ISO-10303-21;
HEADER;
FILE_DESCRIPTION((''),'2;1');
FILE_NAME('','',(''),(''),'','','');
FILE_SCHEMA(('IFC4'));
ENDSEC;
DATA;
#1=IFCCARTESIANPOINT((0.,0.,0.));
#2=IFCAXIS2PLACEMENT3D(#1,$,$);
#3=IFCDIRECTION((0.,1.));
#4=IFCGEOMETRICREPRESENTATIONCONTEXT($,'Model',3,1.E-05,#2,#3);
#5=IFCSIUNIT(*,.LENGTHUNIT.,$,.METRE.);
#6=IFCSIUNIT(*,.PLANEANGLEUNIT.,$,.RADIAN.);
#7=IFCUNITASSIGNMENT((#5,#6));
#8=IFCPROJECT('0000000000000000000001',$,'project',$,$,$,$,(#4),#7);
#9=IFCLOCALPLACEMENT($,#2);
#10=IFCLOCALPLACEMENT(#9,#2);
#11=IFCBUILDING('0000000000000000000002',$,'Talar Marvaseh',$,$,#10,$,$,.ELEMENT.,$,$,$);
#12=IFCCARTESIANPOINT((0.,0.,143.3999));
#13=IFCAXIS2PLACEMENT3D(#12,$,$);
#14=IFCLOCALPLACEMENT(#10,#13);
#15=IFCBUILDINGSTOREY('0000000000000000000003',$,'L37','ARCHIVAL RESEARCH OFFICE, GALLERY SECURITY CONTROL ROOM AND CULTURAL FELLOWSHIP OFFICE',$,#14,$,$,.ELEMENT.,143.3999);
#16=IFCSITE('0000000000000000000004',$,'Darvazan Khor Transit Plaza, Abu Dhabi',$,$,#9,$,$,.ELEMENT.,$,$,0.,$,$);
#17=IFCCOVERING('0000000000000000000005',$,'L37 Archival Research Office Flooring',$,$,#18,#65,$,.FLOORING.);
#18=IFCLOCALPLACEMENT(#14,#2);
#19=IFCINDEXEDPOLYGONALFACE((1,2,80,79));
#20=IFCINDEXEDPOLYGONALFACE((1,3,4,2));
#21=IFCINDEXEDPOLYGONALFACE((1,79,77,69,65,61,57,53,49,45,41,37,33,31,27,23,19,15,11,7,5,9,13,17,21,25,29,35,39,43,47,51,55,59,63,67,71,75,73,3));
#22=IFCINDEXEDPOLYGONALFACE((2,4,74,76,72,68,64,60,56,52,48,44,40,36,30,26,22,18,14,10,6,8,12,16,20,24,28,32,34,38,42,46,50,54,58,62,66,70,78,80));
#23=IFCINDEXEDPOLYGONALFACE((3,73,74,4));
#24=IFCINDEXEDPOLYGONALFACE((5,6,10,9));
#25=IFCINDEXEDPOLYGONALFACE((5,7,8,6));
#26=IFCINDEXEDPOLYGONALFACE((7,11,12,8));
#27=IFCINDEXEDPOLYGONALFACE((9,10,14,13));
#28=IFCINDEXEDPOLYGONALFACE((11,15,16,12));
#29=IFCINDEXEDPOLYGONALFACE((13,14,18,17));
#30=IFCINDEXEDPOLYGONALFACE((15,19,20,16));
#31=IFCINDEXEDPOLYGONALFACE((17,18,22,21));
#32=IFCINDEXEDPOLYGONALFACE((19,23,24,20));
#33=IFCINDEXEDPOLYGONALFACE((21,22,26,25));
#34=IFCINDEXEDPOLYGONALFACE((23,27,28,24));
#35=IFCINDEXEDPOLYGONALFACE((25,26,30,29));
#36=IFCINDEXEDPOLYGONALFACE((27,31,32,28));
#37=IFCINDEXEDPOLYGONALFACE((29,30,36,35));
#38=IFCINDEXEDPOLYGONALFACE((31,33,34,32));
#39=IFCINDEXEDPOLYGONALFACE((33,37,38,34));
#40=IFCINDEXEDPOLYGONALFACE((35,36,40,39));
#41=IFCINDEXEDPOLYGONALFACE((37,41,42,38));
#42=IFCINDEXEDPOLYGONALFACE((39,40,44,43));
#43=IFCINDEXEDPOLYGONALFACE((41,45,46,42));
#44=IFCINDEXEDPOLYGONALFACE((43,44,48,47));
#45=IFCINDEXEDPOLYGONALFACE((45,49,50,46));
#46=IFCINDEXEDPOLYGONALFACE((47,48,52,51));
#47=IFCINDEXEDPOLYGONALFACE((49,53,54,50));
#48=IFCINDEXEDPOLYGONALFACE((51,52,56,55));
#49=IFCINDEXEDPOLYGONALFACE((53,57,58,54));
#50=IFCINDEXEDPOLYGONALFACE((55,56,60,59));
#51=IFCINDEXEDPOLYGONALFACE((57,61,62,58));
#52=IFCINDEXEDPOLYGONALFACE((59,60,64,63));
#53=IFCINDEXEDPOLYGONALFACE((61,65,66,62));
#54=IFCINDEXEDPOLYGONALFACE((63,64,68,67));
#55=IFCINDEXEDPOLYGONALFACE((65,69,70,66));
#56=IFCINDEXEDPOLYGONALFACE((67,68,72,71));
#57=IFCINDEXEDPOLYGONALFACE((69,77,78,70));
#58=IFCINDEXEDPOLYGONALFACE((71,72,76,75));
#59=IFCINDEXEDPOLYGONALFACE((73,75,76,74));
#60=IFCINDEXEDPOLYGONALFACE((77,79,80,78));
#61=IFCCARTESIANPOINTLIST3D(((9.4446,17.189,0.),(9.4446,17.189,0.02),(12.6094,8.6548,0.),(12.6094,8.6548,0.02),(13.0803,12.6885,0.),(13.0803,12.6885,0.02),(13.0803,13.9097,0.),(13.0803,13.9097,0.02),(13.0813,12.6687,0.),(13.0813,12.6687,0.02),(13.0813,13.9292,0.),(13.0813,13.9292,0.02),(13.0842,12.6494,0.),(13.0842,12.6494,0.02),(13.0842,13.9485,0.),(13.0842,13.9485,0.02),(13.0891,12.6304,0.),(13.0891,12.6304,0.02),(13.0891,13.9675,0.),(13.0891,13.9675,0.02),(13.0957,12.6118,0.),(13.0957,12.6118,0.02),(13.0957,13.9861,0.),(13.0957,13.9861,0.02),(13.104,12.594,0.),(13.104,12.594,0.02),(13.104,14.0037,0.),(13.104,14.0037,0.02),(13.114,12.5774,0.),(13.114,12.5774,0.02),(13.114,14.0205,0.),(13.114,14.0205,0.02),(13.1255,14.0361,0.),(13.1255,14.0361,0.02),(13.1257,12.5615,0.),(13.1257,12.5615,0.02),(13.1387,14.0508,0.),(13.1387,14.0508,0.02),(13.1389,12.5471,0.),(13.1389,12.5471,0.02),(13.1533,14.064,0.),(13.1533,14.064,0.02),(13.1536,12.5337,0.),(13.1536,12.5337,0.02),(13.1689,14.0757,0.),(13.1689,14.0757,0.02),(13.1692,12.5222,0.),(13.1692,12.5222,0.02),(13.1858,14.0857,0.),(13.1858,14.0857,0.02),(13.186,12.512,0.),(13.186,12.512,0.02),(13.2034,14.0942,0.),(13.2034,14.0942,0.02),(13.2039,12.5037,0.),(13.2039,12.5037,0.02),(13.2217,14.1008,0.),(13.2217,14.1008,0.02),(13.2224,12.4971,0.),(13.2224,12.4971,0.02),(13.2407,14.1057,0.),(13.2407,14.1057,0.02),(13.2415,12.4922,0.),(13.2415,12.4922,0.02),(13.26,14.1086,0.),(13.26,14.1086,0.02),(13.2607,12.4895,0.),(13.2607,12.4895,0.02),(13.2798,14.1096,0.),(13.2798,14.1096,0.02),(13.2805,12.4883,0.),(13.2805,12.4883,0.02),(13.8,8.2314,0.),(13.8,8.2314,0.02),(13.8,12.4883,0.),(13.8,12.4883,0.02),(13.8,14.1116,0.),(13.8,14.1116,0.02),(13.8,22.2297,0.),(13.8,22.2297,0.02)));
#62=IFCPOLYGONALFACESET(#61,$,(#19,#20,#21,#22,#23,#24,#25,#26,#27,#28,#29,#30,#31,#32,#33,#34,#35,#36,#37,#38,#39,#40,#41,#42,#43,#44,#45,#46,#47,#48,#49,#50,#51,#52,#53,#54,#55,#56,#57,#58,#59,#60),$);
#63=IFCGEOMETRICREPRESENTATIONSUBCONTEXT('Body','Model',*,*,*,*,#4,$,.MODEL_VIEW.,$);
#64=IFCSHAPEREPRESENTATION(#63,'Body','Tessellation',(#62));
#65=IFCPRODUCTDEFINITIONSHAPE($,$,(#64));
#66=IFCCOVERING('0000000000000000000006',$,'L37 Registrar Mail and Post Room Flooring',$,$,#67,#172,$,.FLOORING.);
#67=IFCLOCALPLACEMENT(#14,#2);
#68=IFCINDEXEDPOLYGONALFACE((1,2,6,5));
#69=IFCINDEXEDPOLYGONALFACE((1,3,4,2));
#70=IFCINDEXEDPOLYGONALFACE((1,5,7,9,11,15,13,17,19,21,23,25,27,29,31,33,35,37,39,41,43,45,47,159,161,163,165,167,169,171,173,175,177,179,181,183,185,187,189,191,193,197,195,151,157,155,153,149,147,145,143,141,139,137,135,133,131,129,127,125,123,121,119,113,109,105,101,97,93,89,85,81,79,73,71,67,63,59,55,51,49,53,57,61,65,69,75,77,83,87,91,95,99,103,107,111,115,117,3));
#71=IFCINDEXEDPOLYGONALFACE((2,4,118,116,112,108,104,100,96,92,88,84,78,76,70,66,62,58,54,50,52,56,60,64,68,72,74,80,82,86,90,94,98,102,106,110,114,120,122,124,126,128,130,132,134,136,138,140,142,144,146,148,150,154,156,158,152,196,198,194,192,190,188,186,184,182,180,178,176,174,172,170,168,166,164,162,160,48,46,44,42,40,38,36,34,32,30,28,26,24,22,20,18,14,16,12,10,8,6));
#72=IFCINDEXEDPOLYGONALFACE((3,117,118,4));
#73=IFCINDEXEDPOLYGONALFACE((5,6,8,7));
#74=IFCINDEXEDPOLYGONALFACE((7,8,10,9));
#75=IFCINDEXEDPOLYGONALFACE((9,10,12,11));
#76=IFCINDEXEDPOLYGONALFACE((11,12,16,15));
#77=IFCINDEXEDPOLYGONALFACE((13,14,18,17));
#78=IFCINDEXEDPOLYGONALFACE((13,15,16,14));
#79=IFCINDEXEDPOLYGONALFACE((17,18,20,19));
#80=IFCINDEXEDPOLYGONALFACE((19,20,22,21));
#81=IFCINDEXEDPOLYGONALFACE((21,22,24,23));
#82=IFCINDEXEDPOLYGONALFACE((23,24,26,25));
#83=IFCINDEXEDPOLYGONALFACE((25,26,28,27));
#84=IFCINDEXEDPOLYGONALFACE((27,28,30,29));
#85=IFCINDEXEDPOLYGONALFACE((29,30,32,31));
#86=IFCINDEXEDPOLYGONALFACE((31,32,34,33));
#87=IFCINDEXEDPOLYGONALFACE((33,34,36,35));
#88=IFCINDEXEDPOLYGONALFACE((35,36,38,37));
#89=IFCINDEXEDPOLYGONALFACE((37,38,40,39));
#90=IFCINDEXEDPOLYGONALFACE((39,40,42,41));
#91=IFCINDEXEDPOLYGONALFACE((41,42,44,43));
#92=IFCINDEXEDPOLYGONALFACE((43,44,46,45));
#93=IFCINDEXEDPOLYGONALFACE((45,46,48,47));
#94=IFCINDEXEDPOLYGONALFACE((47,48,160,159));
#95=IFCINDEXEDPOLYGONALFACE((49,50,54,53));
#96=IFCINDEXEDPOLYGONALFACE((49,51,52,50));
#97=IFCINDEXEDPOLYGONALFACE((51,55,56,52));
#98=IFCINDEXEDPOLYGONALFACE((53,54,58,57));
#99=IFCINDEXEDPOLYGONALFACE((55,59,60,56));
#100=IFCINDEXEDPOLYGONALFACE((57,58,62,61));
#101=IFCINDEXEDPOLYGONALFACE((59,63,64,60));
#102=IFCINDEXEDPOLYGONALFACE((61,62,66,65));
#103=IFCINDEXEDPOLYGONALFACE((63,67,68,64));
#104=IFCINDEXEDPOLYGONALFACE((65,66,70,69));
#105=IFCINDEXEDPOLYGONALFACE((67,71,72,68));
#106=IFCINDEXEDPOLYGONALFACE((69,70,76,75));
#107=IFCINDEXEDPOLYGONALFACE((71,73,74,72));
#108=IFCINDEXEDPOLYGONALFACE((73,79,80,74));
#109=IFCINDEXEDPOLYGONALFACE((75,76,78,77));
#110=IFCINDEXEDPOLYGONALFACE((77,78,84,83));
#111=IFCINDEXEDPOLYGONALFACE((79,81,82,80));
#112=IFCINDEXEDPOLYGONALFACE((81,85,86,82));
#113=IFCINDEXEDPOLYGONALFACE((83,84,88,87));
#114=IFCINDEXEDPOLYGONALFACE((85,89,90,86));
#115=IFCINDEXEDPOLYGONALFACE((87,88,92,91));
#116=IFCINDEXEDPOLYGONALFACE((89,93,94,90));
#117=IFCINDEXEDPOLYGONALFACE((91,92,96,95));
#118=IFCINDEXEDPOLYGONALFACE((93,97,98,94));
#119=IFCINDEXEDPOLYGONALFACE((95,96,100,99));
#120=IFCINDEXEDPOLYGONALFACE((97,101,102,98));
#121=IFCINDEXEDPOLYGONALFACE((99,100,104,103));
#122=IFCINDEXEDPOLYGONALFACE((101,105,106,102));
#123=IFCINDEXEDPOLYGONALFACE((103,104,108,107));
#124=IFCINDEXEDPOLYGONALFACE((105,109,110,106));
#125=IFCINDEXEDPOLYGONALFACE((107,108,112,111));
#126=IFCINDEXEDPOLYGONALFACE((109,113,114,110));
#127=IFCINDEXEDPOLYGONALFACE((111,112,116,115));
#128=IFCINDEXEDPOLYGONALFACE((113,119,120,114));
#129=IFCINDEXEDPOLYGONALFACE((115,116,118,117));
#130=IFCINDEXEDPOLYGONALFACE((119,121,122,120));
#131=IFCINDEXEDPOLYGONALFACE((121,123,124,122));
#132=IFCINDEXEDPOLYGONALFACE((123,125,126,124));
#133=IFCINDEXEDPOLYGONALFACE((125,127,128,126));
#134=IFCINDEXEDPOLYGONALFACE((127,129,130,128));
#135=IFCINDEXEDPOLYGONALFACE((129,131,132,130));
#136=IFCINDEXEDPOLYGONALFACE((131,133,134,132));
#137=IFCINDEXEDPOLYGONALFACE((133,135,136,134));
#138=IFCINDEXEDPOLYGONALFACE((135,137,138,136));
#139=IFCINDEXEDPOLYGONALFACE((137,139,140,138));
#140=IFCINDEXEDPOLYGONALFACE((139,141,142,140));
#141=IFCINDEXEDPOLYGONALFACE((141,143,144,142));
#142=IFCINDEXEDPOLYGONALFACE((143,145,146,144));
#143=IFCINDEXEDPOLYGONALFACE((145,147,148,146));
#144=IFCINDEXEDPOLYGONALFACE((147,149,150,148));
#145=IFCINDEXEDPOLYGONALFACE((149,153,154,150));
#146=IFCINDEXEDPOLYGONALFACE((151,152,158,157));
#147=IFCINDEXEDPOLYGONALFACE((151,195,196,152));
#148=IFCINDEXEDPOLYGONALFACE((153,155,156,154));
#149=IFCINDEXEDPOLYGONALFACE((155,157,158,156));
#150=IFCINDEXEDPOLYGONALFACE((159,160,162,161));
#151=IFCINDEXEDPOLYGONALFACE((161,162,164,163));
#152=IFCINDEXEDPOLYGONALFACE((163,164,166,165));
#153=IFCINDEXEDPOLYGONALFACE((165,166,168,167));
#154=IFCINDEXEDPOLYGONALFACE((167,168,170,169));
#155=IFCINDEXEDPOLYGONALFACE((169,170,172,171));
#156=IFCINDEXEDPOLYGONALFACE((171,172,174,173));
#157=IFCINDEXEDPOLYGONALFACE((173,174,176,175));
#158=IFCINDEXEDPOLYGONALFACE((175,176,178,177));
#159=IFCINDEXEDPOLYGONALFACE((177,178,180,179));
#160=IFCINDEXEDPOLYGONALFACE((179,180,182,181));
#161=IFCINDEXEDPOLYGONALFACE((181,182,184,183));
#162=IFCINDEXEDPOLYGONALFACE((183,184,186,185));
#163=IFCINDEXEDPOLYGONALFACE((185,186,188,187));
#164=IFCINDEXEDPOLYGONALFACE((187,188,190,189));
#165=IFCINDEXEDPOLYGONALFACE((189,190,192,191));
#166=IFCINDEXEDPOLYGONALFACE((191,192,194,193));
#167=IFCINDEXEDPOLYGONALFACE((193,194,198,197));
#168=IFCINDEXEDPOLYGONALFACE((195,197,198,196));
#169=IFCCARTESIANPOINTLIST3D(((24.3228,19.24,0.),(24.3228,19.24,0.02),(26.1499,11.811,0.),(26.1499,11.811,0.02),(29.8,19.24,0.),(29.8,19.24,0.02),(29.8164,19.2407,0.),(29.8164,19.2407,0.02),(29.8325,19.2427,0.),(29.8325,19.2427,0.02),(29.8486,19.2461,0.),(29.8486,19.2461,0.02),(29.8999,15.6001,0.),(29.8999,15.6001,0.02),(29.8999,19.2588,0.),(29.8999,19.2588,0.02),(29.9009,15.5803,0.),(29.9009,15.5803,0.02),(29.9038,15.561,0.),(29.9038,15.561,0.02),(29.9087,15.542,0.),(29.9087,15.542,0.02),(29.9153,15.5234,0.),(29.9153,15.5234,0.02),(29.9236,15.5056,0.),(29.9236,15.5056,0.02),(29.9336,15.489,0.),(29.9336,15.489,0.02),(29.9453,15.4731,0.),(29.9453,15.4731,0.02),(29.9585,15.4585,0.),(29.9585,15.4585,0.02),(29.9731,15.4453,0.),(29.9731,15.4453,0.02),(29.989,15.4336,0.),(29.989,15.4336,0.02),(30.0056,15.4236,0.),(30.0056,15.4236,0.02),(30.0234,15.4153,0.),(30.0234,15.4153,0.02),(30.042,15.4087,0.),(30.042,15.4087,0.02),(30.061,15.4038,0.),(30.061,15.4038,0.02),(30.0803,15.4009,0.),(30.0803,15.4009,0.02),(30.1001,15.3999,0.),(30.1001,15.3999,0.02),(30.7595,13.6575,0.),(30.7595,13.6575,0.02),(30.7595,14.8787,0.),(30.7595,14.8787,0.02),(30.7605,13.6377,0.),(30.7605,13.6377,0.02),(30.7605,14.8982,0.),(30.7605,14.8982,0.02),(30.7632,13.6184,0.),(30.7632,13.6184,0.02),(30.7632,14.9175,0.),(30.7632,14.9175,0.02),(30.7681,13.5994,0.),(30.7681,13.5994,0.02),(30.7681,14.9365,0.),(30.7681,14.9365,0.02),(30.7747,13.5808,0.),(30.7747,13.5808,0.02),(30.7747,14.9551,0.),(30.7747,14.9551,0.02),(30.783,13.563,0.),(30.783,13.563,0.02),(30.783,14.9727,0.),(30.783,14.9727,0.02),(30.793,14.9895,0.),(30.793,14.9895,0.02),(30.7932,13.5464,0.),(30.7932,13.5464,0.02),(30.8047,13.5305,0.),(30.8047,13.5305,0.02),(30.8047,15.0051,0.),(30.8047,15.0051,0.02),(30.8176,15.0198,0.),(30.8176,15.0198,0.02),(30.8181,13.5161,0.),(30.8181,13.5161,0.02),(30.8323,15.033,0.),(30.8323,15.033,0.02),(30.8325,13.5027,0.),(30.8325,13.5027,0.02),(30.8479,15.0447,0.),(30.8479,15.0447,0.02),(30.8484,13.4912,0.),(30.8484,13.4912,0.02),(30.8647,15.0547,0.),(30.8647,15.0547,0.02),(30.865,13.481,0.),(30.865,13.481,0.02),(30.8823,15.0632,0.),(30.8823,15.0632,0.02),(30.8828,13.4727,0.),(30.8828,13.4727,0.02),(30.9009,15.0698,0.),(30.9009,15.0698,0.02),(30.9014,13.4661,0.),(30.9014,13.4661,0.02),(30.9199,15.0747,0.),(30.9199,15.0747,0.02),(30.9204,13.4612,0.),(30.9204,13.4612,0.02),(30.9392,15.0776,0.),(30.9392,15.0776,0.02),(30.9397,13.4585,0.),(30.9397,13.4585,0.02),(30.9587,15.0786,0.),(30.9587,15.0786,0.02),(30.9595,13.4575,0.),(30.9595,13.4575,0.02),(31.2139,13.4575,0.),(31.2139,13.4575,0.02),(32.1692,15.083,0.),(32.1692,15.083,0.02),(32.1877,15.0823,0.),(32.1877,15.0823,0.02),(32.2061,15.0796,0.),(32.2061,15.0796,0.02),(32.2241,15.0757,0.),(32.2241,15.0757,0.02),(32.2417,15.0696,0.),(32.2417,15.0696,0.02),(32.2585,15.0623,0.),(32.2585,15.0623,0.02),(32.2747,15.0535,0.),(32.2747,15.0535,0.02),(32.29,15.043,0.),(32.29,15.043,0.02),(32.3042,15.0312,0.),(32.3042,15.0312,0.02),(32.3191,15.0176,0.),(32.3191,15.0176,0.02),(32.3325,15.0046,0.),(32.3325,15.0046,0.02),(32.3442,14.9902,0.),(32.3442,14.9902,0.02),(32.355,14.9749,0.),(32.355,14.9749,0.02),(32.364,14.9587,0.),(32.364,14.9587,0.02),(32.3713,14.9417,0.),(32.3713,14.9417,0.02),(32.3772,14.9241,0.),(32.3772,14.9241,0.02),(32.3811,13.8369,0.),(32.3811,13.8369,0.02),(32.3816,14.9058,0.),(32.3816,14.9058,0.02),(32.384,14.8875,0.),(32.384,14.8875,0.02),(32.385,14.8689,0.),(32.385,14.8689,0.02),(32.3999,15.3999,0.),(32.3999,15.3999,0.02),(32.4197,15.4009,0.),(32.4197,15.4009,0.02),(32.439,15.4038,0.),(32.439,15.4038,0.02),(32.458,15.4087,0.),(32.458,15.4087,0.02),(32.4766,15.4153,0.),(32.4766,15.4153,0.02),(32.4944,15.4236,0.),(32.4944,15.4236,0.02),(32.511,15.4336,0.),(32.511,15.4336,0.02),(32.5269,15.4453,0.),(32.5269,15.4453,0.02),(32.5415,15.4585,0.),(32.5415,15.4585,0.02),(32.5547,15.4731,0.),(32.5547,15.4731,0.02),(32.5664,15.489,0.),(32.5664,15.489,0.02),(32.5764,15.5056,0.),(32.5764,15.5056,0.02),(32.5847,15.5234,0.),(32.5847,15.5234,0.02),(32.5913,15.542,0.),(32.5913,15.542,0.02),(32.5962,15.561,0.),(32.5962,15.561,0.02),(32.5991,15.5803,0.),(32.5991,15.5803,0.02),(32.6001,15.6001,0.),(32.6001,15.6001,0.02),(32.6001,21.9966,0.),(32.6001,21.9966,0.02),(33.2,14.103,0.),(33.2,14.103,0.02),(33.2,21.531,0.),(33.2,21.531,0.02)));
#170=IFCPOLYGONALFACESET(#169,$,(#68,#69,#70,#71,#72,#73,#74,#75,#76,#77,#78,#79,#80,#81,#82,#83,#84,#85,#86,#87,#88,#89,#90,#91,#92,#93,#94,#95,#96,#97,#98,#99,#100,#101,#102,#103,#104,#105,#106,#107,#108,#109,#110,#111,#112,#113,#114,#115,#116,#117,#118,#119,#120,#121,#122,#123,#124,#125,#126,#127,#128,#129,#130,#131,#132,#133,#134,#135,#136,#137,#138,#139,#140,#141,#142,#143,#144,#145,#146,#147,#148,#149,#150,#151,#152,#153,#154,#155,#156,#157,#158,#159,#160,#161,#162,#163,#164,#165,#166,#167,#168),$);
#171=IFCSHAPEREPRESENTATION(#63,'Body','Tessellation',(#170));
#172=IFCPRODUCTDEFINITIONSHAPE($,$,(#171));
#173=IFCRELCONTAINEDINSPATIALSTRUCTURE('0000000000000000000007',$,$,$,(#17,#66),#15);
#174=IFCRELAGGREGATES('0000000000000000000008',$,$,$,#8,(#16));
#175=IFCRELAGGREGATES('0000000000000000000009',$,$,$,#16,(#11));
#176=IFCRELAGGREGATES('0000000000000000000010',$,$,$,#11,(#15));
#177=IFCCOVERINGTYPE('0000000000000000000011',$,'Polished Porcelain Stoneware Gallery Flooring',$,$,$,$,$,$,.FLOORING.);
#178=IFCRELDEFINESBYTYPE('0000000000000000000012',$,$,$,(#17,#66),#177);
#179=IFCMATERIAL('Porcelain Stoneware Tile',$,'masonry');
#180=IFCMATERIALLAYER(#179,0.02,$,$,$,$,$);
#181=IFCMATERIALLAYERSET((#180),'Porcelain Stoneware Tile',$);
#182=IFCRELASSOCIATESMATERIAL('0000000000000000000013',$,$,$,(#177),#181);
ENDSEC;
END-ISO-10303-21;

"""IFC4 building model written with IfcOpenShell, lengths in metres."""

from ifc_helpers import new_model, si_unit, direction, frame, origin, place, context, subcontext, project, spatial, polyline, outline, extrude, material, layer, layer_set, type_object, element, save


model = new_model("IFC4")

# Units and contexts
model_context = context("Model", 3, precision=1e-05, world=origin(), true_north=direction((0.0, 1.0)))
body_context = subcontext(model_context, "Body", "Model", "MODEL_VIEW")
ifc_project = project(units=[si_unit("LENGTHUNIT", "METRE"), si_unit("PLANEANGLEUNIT", "RADIAN")], contexts=[model_context])

# Site, building, storey
site_placement = place(None, origin())
site = spatial("IfcSite", under=ifc_project, at=site_placement, Name="Darvazan Khor Transit Plaza, Abu Dhabi", CompositionType="ELEMENT", RefElevation=0.0)
building_placement = place(site_placement, origin())
building = spatial("IfcBuilding", under=site, at=building_placement, Name="Talar Marvaseh", CompositionType="ELEMENT")
storey_placement = place(building_placement, frame((0.0, 0.0, 143.3999)))
storey = spatial("IfcBuildingStorey", under=building, at=storey_placement, Name="L37", Description="ARCHIVAL RESEARCH OFFICE, GALLERY SECURITY CONTROL ROOM AND CULTURAL FELLOWSHIP OFFICE", CompositionType="ELEMENT", Elevation=143.3999)

# Coverings
ifc_material_1 = material(Name="Porcelain Stoneware Tile", Category="masonry")
ifc_layer_1 = layer(ifc_material_1, 0.02)
ifc_layer_set_1 = layer_set([ifc_layer_1], Name="Porcelain Stoneware Tile")
covering_type_1 = type_object("IfcCoveringType", Name="Polished Porcelain Stoneware Gallery Flooring", PredefinedType="FLOORING", material=ifc_layer_set_1)
covering_1_placement = place(storey_placement, origin())
element("IfcCovering", 1, at=covering_1_placement, inside=storey, type_object=covering_type_1, Name="L37 Archival Research Office Flooring", PredefinedType="FLOORING", context=body_context, shape_type="SweptSolid", body=[
    extrude(outline(polyline([(13.8, 22.2297), (13.8, 14.1116), (13.2798, 14.1096), (13.26, 14.1086), (13.2407, 14.1057), (13.2217, 14.1008), (13.2034, 14.0942), (13.1858, 14.0857), (13.1689, 14.0757), (13.1533, 14.064), (13.1387, 14.0508), (13.1255, 14.0361), (13.114, 14.0205), (13.104, 14.0037), (13.0957, 13.9861), (13.0891, 13.9675), (13.0842, 13.9485), (13.0813, 13.9292), (13.0803, 13.9097), (13.0803, 12.6885), (13.0813, 12.6687), (13.0842, 12.6494), (13.0891, 12.6304), (13.0957, 12.6118), (13.104, 12.594), (13.114, 12.5774), (13.1257, 12.5615), (13.1389, 12.5471), (13.1536, 12.5337), (13.1692, 12.5222), (13.186, 12.512), (13.2039, 12.5037), (13.2224, 12.4971), (13.2415, 12.4922), (13.2607, 12.4895), (13.2805, 12.4883), (13.8, 12.4883), (13.8, 8.2314), (12.6094, 8.6548), (9.4446, 17.189), (13.8, 22.2297)])), origin(), (0.0, 0.0, 1.0), 0.02),
])
covering_2_placement = place(storey_placement, origin())
element("IfcCovering", 2, at=covering_2_placement, inside=storey, type_object=covering_type_1, Name="L37 Registrar Mail and Post Room Flooring", PredefinedType="FLOORING", context=body_context, shape_type="SweptSolid", body=[
    extrude(outline(polyline([(29.9009, 15.5803), (29.9038, 15.561), (29.9087, 15.542), (29.9153, 15.5234), (29.9236, 15.5056), (29.9336, 15.489), (29.9453, 15.4731), (29.9585, 15.4585), (29.9731, 15.4453), (29.989, 15.4336), (30.0056, 15.4236), (30.0234, 15.4153), (30.042, 15.4087), (30.061, 15.4038), (30.0803, 15.4009), (30.1001, 15.3999), (32.3999, 15.3999), (32.4197, 15.4009), (32.439, 15.4038), (32.458, 15.4087), (32.4766, 15.4153), (32.4944, 15.4236), (32.511, 15.4336), (32.5269, 15.4453), (32.5415, 15.4585), (32.5547, 15.4731), (32.5664, 15.489), (32.5764, 15.5056), (32.5847, 15.5234), (32.5913, 15.542), (32.5962, 15.561), (32.5991, 15.5803), (32.6001, 15.6001), (32.6001, 21.9966), (33.2, 21.531), (33.2, 14.103), (32.3811, 13.8369), (32.385, 14.8689), (32.384, 14.8875), (32.3816, 14.9058), (32.3772, 14.9241), (32.3713, 14.9417), (32.364, 14.9587), (32.355, 14.9749), (32.3442, 14.9902), (32.3325, 15.0046), (32.3191, 15.0176), (32.3042, 15.0312), (32.29, 15.043), (32.2747, 15.0535), (32.2585, 15.0623), (32.2417, 15.0696), (32.2241, 15.0757), (32.2061, 15.0796), (32.1877, 15.0823), (32.1692, 15.083), (30.9587, 15.0786), (30.9392, 15.0776), (30.9199, 15.0747), (30.9009, 15.0698), (30.8823, 15.0632), (30.8647, 15.0547), (30.8479, 15.0447), (30.8323, 15.033), (30.8176, 15.0198), (30.8047, 15.0051), (30.793, 14.9895), (30.783, 14.9727), (30.7747, 14.9551), (30.7681, 14.9365), (30.7632, 14.9175), (30.7605, 14.8982), (30.7595, 14.8787), (30.7595, 13.6575), (30.7605, 13.6377), (30.7632, 13.6184), (30.7681, 13.5994), (30.7747, 13.5808), (30.783, 13.563), (30.7932, 13.5464), (30.8047, 13.5305), (30.8181, 13.5161), (30.8325, 13.5027), (30.8484, 13.4912), (30.865, 13.481), (30.8828, 13.4727), (30.9014, 13.4661), (30.9204, 13.4612), (30.9397, 13.4585), (30.9595, 13.4575), (31.2139, 13.4575), (26.1499, 11.811), (24.3228, 19.24), (29.8, 19.24), (29.8164, 19.2407), (29.8325, 19.2427), (29.8486, 19.2461), (29.8999, 19.2588), (29.8999, 15.6001), (29.9009, 15.5803)])), origin(), (0.0, 0.0, 1.0), 0.02),
])

save(model, "model.ifc")
